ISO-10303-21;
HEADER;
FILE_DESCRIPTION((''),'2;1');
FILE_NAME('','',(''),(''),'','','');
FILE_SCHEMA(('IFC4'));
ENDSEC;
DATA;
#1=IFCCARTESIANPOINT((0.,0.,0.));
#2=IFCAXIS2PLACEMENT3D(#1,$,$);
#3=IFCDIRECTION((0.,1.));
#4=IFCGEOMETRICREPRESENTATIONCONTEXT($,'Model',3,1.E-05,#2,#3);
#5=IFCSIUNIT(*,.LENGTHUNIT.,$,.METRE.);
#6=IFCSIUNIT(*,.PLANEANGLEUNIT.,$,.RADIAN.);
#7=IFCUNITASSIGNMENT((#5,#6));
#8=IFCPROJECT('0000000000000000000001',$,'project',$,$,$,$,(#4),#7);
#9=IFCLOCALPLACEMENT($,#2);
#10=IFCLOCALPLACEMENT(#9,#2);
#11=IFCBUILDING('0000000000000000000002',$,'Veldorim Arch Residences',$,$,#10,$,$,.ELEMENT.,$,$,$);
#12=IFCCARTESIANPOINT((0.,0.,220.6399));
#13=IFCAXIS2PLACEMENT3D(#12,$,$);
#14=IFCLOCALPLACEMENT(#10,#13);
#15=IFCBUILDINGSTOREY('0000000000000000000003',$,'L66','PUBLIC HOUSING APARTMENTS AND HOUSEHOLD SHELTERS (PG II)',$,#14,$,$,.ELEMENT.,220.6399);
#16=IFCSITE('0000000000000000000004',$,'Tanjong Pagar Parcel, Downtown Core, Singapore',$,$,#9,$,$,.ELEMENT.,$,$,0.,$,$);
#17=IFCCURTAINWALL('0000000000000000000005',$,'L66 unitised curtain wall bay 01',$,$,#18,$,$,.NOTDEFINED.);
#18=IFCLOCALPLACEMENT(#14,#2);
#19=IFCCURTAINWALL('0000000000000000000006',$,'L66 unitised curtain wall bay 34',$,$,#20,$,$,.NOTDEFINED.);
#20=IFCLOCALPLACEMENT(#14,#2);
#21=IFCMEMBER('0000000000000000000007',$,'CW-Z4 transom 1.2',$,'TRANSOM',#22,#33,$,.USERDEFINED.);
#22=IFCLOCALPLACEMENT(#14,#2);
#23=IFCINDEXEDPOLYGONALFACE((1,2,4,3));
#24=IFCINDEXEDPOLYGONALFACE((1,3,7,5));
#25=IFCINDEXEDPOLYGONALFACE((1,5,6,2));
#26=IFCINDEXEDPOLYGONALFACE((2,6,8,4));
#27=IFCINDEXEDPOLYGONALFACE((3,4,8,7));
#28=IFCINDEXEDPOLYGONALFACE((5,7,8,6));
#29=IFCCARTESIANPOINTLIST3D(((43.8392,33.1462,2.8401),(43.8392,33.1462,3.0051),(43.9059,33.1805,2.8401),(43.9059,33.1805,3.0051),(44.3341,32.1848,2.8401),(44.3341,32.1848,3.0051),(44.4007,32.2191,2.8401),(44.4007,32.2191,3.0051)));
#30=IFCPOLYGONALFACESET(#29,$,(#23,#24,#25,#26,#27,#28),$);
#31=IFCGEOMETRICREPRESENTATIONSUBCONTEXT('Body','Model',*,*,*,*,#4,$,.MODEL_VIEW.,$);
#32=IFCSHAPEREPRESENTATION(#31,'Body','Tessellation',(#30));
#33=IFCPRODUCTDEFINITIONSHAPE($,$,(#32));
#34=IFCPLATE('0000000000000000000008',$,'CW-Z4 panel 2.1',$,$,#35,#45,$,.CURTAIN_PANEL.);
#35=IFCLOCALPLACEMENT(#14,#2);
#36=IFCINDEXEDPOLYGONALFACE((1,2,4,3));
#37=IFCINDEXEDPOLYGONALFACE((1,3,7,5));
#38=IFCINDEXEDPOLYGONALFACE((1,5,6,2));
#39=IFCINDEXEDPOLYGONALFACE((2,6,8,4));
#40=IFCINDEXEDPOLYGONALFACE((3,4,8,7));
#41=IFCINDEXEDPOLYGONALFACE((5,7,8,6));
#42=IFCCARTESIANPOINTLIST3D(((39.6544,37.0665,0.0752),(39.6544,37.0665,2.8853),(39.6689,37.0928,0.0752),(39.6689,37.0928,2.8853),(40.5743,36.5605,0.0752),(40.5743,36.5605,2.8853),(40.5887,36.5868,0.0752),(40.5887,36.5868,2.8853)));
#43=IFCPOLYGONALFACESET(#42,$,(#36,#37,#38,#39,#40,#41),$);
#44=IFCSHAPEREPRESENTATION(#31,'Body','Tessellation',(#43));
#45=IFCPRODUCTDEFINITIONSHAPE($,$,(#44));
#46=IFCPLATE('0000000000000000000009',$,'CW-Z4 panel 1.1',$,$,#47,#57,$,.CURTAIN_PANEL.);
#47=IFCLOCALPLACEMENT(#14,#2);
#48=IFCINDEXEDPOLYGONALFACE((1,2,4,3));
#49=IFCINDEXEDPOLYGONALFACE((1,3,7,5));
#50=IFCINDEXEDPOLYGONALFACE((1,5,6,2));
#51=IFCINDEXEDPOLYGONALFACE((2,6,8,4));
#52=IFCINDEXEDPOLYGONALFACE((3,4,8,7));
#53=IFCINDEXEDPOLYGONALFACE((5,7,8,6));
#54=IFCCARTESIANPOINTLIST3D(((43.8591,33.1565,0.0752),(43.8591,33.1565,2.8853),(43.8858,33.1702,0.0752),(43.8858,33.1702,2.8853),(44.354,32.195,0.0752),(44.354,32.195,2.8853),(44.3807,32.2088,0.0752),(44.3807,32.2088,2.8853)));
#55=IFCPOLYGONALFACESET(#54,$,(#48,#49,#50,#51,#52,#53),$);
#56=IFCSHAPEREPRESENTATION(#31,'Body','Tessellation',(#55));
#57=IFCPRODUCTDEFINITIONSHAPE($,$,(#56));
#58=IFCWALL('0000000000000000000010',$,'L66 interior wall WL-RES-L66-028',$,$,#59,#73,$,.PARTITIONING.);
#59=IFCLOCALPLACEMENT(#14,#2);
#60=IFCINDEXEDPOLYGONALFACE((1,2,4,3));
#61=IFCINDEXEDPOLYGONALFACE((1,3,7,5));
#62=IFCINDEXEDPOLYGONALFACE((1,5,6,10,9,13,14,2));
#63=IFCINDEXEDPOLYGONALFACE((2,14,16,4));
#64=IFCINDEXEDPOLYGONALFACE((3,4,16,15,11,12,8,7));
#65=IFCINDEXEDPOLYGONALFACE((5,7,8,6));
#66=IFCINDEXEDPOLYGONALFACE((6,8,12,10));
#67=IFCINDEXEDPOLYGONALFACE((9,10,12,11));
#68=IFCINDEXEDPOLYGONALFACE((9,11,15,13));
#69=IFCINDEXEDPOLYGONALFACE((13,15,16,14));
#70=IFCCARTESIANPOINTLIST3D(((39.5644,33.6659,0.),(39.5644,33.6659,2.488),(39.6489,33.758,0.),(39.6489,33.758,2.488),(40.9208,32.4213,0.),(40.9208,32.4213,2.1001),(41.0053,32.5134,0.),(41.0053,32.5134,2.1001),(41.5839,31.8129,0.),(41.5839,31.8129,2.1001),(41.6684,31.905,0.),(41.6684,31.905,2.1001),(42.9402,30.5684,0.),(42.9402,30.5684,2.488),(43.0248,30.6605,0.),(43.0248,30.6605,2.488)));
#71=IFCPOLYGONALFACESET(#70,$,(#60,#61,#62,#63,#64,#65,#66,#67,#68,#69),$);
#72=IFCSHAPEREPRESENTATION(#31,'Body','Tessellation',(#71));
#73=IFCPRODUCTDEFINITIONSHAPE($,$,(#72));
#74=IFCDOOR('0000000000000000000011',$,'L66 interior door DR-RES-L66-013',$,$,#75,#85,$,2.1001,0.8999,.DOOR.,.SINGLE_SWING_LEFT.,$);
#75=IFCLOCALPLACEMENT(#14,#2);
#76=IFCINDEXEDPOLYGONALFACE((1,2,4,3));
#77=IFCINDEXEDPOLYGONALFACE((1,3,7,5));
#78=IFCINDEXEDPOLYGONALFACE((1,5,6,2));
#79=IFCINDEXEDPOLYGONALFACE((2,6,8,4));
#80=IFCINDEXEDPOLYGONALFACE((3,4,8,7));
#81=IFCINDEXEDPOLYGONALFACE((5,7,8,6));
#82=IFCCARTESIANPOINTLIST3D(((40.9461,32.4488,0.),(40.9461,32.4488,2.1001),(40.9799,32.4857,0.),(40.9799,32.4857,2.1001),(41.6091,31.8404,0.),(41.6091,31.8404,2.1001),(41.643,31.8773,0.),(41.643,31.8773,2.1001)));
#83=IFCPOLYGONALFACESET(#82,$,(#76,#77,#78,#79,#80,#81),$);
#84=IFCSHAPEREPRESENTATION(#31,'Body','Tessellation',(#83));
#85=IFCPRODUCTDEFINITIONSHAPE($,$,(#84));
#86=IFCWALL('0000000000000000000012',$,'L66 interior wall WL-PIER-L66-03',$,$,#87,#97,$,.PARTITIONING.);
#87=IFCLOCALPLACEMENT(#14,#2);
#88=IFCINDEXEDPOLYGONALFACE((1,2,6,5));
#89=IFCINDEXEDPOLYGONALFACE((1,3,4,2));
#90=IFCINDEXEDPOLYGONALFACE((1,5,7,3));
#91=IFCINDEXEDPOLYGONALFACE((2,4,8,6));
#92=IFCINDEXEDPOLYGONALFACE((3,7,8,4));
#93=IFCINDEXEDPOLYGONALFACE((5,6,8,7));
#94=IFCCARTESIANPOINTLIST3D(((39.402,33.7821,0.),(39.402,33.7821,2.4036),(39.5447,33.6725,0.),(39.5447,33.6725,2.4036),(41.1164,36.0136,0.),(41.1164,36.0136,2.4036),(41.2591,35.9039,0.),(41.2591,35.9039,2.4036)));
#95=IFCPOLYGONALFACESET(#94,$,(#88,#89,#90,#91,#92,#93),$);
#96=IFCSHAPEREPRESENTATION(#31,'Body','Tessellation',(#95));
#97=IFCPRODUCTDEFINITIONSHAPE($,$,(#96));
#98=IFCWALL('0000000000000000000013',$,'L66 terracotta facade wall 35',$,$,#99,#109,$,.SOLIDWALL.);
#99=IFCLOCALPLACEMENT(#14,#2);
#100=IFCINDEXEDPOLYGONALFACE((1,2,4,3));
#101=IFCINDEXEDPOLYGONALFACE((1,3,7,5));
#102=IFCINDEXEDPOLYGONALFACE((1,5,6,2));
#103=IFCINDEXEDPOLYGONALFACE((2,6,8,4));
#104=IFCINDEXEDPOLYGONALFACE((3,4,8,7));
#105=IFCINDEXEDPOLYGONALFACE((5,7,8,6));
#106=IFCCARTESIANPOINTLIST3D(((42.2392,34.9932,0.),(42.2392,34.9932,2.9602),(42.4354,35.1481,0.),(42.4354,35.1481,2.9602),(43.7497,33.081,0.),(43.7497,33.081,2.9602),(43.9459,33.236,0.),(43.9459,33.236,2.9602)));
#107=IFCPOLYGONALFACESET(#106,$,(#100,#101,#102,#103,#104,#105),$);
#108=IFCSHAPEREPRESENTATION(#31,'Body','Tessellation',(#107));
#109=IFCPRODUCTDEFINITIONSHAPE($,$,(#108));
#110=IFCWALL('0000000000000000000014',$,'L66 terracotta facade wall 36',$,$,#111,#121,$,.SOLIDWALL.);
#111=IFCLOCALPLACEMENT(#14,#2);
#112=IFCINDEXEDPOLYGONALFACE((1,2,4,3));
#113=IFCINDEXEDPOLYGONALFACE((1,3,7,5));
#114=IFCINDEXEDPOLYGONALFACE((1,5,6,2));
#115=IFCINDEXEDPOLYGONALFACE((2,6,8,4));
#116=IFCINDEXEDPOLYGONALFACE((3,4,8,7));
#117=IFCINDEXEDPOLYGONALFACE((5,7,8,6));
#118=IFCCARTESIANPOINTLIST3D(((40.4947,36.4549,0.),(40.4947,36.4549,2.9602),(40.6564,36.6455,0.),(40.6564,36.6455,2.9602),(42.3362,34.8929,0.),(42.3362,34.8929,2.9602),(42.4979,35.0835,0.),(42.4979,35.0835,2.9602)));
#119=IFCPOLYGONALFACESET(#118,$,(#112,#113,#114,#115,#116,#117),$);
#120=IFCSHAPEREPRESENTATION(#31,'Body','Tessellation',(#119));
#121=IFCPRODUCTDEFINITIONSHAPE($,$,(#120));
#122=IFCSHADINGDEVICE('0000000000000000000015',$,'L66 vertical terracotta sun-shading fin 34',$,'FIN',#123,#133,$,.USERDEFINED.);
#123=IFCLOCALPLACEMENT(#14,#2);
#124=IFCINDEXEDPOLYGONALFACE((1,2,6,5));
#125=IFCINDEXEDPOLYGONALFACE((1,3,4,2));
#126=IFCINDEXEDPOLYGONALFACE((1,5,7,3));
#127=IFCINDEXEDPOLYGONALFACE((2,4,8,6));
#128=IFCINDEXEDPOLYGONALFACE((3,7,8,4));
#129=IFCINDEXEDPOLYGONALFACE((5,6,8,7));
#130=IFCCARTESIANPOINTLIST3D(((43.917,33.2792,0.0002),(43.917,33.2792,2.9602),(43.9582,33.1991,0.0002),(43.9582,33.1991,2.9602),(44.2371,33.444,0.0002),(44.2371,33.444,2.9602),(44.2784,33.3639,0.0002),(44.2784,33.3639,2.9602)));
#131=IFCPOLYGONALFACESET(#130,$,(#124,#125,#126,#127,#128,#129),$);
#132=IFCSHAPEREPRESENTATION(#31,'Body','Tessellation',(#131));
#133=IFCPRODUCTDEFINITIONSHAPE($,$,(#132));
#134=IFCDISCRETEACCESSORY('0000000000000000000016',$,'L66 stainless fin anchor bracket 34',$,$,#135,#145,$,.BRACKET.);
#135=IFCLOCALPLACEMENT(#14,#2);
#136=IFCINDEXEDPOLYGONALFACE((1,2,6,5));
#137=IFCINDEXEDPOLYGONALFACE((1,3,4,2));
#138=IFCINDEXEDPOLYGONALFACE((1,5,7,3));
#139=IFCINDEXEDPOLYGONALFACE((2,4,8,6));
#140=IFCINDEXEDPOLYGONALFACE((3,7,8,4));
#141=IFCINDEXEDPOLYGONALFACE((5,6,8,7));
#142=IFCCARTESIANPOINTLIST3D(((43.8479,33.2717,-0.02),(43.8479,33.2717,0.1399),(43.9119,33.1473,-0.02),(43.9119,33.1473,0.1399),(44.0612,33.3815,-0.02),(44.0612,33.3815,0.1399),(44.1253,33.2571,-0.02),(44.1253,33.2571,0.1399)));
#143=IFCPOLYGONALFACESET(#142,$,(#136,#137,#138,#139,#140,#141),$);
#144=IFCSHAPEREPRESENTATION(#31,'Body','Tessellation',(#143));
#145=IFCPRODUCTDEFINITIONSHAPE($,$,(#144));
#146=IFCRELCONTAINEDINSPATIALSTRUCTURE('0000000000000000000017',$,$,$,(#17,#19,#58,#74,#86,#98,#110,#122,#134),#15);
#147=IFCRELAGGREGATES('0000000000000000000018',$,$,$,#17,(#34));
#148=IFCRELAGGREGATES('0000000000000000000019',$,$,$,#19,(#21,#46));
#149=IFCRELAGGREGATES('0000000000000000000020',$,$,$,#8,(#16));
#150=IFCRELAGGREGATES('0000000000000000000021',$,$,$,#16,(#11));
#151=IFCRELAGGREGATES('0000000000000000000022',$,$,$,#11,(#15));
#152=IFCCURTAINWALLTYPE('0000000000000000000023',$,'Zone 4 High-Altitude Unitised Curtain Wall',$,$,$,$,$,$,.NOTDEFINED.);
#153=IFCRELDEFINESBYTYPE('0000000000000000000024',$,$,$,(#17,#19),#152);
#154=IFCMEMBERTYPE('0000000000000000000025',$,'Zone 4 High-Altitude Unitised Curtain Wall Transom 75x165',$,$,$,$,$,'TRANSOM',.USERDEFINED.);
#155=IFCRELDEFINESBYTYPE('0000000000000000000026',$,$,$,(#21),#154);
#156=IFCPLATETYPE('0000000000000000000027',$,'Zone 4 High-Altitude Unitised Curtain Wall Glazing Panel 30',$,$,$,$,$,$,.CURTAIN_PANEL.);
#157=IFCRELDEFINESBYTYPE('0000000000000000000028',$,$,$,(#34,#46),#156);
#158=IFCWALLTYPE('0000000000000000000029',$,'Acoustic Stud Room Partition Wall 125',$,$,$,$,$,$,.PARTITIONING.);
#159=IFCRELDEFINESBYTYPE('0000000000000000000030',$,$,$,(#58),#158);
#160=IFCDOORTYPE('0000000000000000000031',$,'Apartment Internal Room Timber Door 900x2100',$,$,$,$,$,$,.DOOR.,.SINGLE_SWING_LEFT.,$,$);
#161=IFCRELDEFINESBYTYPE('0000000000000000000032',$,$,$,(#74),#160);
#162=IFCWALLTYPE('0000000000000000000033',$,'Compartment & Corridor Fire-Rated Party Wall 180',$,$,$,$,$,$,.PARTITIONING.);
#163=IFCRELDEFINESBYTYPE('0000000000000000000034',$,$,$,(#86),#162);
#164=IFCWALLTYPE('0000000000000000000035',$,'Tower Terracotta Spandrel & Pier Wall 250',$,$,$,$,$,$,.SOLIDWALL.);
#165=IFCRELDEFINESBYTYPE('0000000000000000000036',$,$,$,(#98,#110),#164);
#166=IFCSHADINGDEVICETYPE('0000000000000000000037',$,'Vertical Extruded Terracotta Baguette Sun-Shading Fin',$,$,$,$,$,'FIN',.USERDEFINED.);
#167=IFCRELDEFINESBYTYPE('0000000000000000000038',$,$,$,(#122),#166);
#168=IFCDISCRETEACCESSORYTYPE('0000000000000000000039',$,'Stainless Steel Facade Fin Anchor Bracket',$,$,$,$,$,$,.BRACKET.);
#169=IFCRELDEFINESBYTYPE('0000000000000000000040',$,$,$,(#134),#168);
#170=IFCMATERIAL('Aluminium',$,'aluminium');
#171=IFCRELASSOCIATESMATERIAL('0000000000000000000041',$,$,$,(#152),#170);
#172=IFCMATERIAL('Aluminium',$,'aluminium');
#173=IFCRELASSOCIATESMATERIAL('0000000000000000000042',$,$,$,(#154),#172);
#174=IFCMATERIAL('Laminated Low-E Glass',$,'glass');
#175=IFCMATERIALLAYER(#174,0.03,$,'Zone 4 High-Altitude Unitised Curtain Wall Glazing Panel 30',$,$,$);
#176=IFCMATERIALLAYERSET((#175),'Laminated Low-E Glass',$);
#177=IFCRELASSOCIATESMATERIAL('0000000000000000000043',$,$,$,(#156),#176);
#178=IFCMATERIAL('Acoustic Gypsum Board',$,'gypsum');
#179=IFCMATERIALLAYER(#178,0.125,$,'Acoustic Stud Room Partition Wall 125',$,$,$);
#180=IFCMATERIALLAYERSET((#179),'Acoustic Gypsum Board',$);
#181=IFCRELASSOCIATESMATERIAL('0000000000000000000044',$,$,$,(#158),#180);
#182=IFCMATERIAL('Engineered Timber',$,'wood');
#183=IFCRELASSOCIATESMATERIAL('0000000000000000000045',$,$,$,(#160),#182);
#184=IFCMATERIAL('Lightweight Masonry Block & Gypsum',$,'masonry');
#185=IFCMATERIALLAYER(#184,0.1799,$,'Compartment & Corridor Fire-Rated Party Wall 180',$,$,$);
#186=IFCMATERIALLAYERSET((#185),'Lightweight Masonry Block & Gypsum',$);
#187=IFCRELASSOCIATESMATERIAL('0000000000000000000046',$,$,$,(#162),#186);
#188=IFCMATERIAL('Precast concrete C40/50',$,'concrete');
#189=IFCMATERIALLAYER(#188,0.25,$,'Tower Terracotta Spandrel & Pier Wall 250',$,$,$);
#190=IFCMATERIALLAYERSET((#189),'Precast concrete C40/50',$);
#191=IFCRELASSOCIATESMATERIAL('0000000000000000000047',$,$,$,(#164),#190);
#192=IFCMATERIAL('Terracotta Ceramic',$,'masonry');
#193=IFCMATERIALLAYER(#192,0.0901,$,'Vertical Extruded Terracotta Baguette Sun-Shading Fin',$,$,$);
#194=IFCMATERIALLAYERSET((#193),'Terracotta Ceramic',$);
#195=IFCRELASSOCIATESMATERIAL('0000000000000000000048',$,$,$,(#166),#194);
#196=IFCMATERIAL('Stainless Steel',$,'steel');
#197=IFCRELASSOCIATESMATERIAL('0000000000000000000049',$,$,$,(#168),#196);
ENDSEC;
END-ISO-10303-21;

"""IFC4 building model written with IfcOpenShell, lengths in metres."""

from ifc_helpers import new_model, si_unit, direction, frame, frame_2d, origin, origin_2d, place, context, subcontext, project, spatial, rectangle, extrude, material, layer, layer_set, material_profile, profile_set, type_object, element, fill, aggregate, save


model = new_model("IFC4")

# Units and contexts
model_context = context("Model", 3, precision=1e-05, world=origin(), true_north=direction((0.0, 1.0)))
body_context = subcontext(model_context, "Body", "Model", "MODEL_VIEW")
ifc_project = project(units=[si_unit("LENGTHUNIT", "METRE"), si_unit("PLANEANGLEUNIT", "RADIAN")], contexts=[model_context])

# Site, building, storey
site_placement = place(None, origin())
site = spatial("IfcSite", under=ifc_project, at=site_placement, Name="Tanjong Pagar Parcel, Downtown Core, Singapore", CompositionType="ELEMENT", RefElevation=0.0)
building_placement = place(site_placement, origin())
building = spatial("IfcBuilding", under=site, at=building_placement, Name="Veldorim Arch Residences", CompositionType="ELEMENT")
storey_placement = place(building_placement, frame((0.0, 0.0, 220.6399)))
storey = spatial("IfcBuildingStorey", under=building, at=storey_placement, Name="L66", Description="PUBLIC HOUSING APARTMENTS AND HOUSEHOLD SHELTERS (PG II)", CompositionType="ELEMENT", Elevation=220.6399)

# Curtain wall
ifc_material_1 = material(Name="Aluminium", Category="aluminium")
curtain_wall_type = type_object("IfcCurtainWallType", Name="Zone 4 High-Altitude Unitised Curtain Wall", PredefinedType="NOTDEFINED", material=ifc_material_1)
curtain_wall_1_placement = place(storey_placement, origin())
curtain_wall_1 = element("IfcCurtainWall", 1, at=curtain_wall_1_placement, inside=storey, type_object=curtain_wall_type, Name="L66 unitised curtain wall bay 01", PredefinedType="NOTDEFINED")

# Curtain wall
curtain_wall_2_placement = place(storey_placement, origin())
curtain_wall_2 = element("IfcCurtainWall", 2, at=curtain_wall_2_placement, inside=storey, type_object=curtain_wall_type, Name="L66 unitised curtain wall bay 34", PredefinedType="NOTDEFINED")

# Member
ifc_material_2 = material(Name="Aluminium", Category="aluminium")
ifc_material_profile_1 = material_profile(ifc_material_2, rectangle(XDim=0.075, YDim=0.165, at=origin_2d()), Name="ALU_TRN_75x165")
ifc_profile_set_1 = profile_set([ifc_material_profile_1], Name="Aluminium")
member_type_1 = type_object("IfcMemberType", Name="Zone 4 High-Altitude Unitised Curtain Wall Transom 75x165", ElementType="TRANSOM", PredefinedType="USERDEFINED", material=ifc_profile_set_1)
member_1_placement = place(storey_placement, frame((43.8726, 33.1633, 2.9226), z_axis=(0.457659, -0.889128, 0.0), x_axis=(0.889128, 0.457659, 0.0)))
member_1 = element("IfcMember", 3, at=member_1_placement, type_object=member_type_1, Name="CW-Z4 transom 1.2", ObjectType="TRANSOM", PredefinedType="USERDEFINED", context=body_context, shape_type="SweptSolid", body=[
    extrude(rectangle(XDim=0.075, YDim=0.165, at=origin_2d()), origin(), (0.0, 0.0, 1.0), 1.0813),
])

# Plates
ifc_material_3 = material(Name="Laminated Low-E Glass", Category="glass")
ifc_layer_1 = layer(ifc_material_3, 0.03, Name="Zone 4 High-Altitude Unitised Curtain Wall Glazing Panel 30")
ifc_layer_set_1 = layer_set([ifc_layer_1], Name="Laminated Low-E Glass")
plate_type = type_object("IfcPlateType", Name="Zone 4 High-Altitude Unitised Curtain Wall Glazing Panel 30", PredefinedType="CURTAIN_PANEL", material=ifc_layer_set_1)
plate_1_placement = place(storey_placement, frame((40.1216, 36.8267, 0.0752), z_axis=(0.0, 0.0, 1.0), x_axis=(0.876197, -0.481953, 0.0)))
plate_1 = element("IfcPlate", 4, at=plate_1_placement, type_object=plate_type, Name="CW-Z4 panel 2.1", PredefinedType="CURTAIN_PANEL", context=body_context, shape_type="SweptSolid", body=[
    extrude(rectangle(XDim=1.0498, YDim=0.03, at=origin_2d()), origin(), (0.0, 0.0, 1.0), 2.8101),
])
aggregate(curtain_wall_1, [plate_1])
plate_2_placement = place(storey_placement, frame((44.1199, 32.6826, 0.0752), z_axis=(0.0, 0.0, 1.0), x_axis=(0.457653, -0.889131, 0.0)))
plate_2 = element("IfcPlate", 5, at=plate_2_placement, type_object=plate_type, Name="CW-Z4 panel 1.1", PredefinedType="CURTAIN_PANEL", context=body_context, shape_type="SweptSolid", body=[
    extrude(rectangle(XDim=1.0813, YDim=0.03, at=origin_2d()), origin(), (0.0, 0.0, 1.0), 2.8101),
])
aggregate(curtain_wall_2, [member_1, plate_2])

# Wall, opening, door
ifc_material_4 = material(Name="Acoustic Gypsum Board", Category="gypsum")
ifc_layer_2 = layer(ifc_material_4, 0.125, Name="Acoustic Stud Room Partition Wall 125")
ifc_layer_set_2 = layer_set([ifc_layer_2], Name="Acoustic Gypsum Board")
wall_type_1 = type_object("IfcWallType", Name="Acoustic Stud Room Partition Wall 125", PredefinedType="PARTITIONING", material=ifc_layer_set_2)
wall_1_placement = place(storey_placement, frame((39.6067, 33.7119, 0.0), z_axis=(0.0, 0.0, 1.0), x_axis=(0.736829, -0.676079, 0.0)))
wall_1 = element("IfcWall", 6, at=wall_1_placement, inside=storey, type_object=wall_type_1, Name="L66 interior wall WL-RES-L66-028", PredefinedType="PARTITIONING", context=body_context, shape_type="SweptSolid", body=[
    extrude(rectangle(XDim=4.5815, YDim=0.125, at=frame_2d((2.2908, 0.0))), origin(), (0.0, 0.0, 1.0), 2.488),
])
opening_placement = place(wall_1_placement, frame((1.8408, 0.0, 0.0)))
opening = element("IfcOpeningElement", 7, at=opening_placement, cuts=wall_1, PredefinedType="OPENING", context=body_context, shape_type="SweptSolid", body=[
    extrude(rectangle(XDim=0.8999, YDim=2.1001, at=frame_2d((0.45, 1.05))), frame((0.0, 0.0725, 0.0), z_axis=(0.0, -1.0, 0.0), x_axis=(1.0, 0.0, 0.0)), (0.0, 0.0, 1.0), 0.145),
])
ifc_material_5 = material(Name="Engineered Timber", Category="wood")
door_type = type_object("IfcDoorType", Name="Apartment Internal Room Timber Door 900x2100", OperationType="SINGLE_SWING_LEFT", PredefinedType="DOOR", material=ifc_material_5)
door_placement = place(opening_placement, origin())
door = element("IfcDoor", 8, at=door_placement, inside=storey, type_object=door_type, Name="L66 interior door DR-RES-L66-013", OperationType="SINGLE_SWING_LEFT", OverallHeight=2.1001, OverallWidth=0.8999, PredefinedType="DOOR", context=body_context, shape_type="SweptSolid", body=[
    extrude(rectangle(XDim=0.8999, YDim=2.1001, at=frame_2d((0.45, 1.05))), frame((0.0, 0.0249, 0.0), z_axis=(0.0, -1.0, 0.0), x_axis=(1.0, 0.0, 0.0)), (0.0, 0.0, 1.0), 0.05),
])
fill(opening, door)

# Walls
ifc_material_6 = material(Name="Lightweight Masonry Block & Gypsum", Category="masonry")
ifc_layer_3 = layer(ifc_material_6, 0.1799, Name="Compartment & Corridor Fire-Rated Party Wall 180")
ifc_layer_set_3 = layer_set([ifc_layer_3], Name="Lightweight Masonry Block & Gypsum")
wall_type_2 = type_object("IfcWallType", Name="Compartment & Corridor Fire-Rated Party Wall 180", PredefinedType="PARTITIONING", material=ifc_layer_set_3)
wall_2_placement = place(storey_placement, frame((39.4734, 33.7273, 0.0), z_axis=(0.0, 0.0, 1.0), x_axis=(0.609233, 0.792992, 0.0)))
element("IfcWall", 9, at=wall_2_placement, inside=storey, type_object=wall_type_2, Name="L66 interior wall WL-PIER-L66-03", PredefinedType="PARTITIONING", context=body_context, shape_type="SweptSolid", body=[
    extrude(rectangle(XDim=2.814, YDim=0.1799, at=frame_2d((1.407, 0.0))), origin(), (0.0, 0.0, 1.0), 2.4036),
])
ifc_material_7 = material(Name="Precast concrete C40/50", Category="concrete")
ifc_layer_4 = layer(ifc_material_7, 0.25, Name="Tower Terracotta Spandrel & Pier Wall 250")
ifc_layer_set_4 = layer_set([ifc_layer_4], Name="Precast concrete C40/50")
wall_type_3 = type_object("IfcWallType", Name="Tower Terracotta Spandrel & Pier Wall 250", PredefinedType="SOLIDWALL", material=ifc_layer_set_4)
wall_3_placement = place(storey_placement, frame((42.3374, 35.0706, 0.0), z_axis=(0.0, 0.0, 1.0), x_axis=(0.619881, -0.784696, 0.0)))
element("IfcWall", 10, at=wall_3_placement, inside=storey, type_object=wall_type_3, Name="L66 terracotta facade wall 35", PredefinedType="SOLIDWALL", context=body_context, shape_type="SweptSolid", body=[
    extrude(rectangle(XDim=2.4368, YDim=0.25, at=frame_2d((1.2183, 0.0))), origin(), (0.0, 0.0, 1.0), 2.9602),
])
wall_4_placement = place(storey_placement, frame((40.5754, 36.5503, 0.0), z_axis=(0.0, 0.0, 1.0), x_axis=(0.762615, -0.646853, 0.0)))
element("IfcWall", 11, at=wall_4_placement, inside=storey, type_object=wall_type_3, Name="L66 terracotta facade wall 36", PredefinedType="SOLIDWALL", context=body_context, shape_type="SweptSolid", body=[
    extrude(rectangle(XDim=2.4148, YDim=0.25, at=frame_2d((1.2075, 0.0))), origin(), (0.0, 0.0, 1.0), 2.9602),
])

# Shading device
ifc_material_8 = material(Name="Terracotta Ceramic", Category="masonry")
ifc_layer_5 = layer(ifc_material_8, 0.0901, Name="Vertical Extruded Terracotta Baguette Sun-Shading Fin")
ifc_layer_set_5 = layer_set([ifc_layer_5], Name="Terracotta Ceramic")
shading_device_type = type_object("IfcShadingDeviceType", Name="Vertical Extruded Terracotta Baguette Sun-Shading Fin", ElementType="FIN", PredefinedType="USERDEFINED", material=ifc_layer_set_5)
shading_device_placement = place(storey_placement, frame((44.0977, 33.3215, 0.0002), z_axis=(0.0, 0.0, 1.0), x_axis=(0.457719, -0.889097, 0.0)))
element("IfcShadingDevice", 12, at=shading_device_placement, inside=storey, type_object=shading_device_type, Name="L66 vertical terracotta sun-shading fin 34", ObjectType="FIN", PredefinedType="USERDEFINED", context=body_context, shape_type="SweptSolid", body=[
    extrude(rectangle(XDim=0.0901, YDim=0.3601, at=origin_2d()), origin(), (0.0, 0.0, 1.0), 2.96),
])

# Discrete accessory
ifc_material_9 = material(Name="Stainless Steel", Category="steel")
discrete_accessory_type = type_object("IfcDiscreteAccessoryType", Name="Stainless Steel Facade Fin Anchor Bracket", PredefinedType="BRACKET", material=ifc_material_9)
discrete_accessory_placement = place(storey_placement, frame((43.9866, 33.2644, -0.02), z_axis=(0.0, 0.0, 1.0), x_axis=(0.457719, -0.889097, 0.0)))
element("IfcDiscreteAccessory", 13, at=discrete_accessory_placement, inside=storey, type_object=discrete_accessory_type, Name="L66 stainless fin anchor bracket 34", PredefinedType="BRACKET", context=body_context, shape_type="SweptSolid", body=[
    extrude(rectangle(XDim=0.1399, YDim=0.24, at=origin_2d()), origin(), (0.0, 0.0, 1.0), 0.1599),
])

save(model, "model.ifc")
